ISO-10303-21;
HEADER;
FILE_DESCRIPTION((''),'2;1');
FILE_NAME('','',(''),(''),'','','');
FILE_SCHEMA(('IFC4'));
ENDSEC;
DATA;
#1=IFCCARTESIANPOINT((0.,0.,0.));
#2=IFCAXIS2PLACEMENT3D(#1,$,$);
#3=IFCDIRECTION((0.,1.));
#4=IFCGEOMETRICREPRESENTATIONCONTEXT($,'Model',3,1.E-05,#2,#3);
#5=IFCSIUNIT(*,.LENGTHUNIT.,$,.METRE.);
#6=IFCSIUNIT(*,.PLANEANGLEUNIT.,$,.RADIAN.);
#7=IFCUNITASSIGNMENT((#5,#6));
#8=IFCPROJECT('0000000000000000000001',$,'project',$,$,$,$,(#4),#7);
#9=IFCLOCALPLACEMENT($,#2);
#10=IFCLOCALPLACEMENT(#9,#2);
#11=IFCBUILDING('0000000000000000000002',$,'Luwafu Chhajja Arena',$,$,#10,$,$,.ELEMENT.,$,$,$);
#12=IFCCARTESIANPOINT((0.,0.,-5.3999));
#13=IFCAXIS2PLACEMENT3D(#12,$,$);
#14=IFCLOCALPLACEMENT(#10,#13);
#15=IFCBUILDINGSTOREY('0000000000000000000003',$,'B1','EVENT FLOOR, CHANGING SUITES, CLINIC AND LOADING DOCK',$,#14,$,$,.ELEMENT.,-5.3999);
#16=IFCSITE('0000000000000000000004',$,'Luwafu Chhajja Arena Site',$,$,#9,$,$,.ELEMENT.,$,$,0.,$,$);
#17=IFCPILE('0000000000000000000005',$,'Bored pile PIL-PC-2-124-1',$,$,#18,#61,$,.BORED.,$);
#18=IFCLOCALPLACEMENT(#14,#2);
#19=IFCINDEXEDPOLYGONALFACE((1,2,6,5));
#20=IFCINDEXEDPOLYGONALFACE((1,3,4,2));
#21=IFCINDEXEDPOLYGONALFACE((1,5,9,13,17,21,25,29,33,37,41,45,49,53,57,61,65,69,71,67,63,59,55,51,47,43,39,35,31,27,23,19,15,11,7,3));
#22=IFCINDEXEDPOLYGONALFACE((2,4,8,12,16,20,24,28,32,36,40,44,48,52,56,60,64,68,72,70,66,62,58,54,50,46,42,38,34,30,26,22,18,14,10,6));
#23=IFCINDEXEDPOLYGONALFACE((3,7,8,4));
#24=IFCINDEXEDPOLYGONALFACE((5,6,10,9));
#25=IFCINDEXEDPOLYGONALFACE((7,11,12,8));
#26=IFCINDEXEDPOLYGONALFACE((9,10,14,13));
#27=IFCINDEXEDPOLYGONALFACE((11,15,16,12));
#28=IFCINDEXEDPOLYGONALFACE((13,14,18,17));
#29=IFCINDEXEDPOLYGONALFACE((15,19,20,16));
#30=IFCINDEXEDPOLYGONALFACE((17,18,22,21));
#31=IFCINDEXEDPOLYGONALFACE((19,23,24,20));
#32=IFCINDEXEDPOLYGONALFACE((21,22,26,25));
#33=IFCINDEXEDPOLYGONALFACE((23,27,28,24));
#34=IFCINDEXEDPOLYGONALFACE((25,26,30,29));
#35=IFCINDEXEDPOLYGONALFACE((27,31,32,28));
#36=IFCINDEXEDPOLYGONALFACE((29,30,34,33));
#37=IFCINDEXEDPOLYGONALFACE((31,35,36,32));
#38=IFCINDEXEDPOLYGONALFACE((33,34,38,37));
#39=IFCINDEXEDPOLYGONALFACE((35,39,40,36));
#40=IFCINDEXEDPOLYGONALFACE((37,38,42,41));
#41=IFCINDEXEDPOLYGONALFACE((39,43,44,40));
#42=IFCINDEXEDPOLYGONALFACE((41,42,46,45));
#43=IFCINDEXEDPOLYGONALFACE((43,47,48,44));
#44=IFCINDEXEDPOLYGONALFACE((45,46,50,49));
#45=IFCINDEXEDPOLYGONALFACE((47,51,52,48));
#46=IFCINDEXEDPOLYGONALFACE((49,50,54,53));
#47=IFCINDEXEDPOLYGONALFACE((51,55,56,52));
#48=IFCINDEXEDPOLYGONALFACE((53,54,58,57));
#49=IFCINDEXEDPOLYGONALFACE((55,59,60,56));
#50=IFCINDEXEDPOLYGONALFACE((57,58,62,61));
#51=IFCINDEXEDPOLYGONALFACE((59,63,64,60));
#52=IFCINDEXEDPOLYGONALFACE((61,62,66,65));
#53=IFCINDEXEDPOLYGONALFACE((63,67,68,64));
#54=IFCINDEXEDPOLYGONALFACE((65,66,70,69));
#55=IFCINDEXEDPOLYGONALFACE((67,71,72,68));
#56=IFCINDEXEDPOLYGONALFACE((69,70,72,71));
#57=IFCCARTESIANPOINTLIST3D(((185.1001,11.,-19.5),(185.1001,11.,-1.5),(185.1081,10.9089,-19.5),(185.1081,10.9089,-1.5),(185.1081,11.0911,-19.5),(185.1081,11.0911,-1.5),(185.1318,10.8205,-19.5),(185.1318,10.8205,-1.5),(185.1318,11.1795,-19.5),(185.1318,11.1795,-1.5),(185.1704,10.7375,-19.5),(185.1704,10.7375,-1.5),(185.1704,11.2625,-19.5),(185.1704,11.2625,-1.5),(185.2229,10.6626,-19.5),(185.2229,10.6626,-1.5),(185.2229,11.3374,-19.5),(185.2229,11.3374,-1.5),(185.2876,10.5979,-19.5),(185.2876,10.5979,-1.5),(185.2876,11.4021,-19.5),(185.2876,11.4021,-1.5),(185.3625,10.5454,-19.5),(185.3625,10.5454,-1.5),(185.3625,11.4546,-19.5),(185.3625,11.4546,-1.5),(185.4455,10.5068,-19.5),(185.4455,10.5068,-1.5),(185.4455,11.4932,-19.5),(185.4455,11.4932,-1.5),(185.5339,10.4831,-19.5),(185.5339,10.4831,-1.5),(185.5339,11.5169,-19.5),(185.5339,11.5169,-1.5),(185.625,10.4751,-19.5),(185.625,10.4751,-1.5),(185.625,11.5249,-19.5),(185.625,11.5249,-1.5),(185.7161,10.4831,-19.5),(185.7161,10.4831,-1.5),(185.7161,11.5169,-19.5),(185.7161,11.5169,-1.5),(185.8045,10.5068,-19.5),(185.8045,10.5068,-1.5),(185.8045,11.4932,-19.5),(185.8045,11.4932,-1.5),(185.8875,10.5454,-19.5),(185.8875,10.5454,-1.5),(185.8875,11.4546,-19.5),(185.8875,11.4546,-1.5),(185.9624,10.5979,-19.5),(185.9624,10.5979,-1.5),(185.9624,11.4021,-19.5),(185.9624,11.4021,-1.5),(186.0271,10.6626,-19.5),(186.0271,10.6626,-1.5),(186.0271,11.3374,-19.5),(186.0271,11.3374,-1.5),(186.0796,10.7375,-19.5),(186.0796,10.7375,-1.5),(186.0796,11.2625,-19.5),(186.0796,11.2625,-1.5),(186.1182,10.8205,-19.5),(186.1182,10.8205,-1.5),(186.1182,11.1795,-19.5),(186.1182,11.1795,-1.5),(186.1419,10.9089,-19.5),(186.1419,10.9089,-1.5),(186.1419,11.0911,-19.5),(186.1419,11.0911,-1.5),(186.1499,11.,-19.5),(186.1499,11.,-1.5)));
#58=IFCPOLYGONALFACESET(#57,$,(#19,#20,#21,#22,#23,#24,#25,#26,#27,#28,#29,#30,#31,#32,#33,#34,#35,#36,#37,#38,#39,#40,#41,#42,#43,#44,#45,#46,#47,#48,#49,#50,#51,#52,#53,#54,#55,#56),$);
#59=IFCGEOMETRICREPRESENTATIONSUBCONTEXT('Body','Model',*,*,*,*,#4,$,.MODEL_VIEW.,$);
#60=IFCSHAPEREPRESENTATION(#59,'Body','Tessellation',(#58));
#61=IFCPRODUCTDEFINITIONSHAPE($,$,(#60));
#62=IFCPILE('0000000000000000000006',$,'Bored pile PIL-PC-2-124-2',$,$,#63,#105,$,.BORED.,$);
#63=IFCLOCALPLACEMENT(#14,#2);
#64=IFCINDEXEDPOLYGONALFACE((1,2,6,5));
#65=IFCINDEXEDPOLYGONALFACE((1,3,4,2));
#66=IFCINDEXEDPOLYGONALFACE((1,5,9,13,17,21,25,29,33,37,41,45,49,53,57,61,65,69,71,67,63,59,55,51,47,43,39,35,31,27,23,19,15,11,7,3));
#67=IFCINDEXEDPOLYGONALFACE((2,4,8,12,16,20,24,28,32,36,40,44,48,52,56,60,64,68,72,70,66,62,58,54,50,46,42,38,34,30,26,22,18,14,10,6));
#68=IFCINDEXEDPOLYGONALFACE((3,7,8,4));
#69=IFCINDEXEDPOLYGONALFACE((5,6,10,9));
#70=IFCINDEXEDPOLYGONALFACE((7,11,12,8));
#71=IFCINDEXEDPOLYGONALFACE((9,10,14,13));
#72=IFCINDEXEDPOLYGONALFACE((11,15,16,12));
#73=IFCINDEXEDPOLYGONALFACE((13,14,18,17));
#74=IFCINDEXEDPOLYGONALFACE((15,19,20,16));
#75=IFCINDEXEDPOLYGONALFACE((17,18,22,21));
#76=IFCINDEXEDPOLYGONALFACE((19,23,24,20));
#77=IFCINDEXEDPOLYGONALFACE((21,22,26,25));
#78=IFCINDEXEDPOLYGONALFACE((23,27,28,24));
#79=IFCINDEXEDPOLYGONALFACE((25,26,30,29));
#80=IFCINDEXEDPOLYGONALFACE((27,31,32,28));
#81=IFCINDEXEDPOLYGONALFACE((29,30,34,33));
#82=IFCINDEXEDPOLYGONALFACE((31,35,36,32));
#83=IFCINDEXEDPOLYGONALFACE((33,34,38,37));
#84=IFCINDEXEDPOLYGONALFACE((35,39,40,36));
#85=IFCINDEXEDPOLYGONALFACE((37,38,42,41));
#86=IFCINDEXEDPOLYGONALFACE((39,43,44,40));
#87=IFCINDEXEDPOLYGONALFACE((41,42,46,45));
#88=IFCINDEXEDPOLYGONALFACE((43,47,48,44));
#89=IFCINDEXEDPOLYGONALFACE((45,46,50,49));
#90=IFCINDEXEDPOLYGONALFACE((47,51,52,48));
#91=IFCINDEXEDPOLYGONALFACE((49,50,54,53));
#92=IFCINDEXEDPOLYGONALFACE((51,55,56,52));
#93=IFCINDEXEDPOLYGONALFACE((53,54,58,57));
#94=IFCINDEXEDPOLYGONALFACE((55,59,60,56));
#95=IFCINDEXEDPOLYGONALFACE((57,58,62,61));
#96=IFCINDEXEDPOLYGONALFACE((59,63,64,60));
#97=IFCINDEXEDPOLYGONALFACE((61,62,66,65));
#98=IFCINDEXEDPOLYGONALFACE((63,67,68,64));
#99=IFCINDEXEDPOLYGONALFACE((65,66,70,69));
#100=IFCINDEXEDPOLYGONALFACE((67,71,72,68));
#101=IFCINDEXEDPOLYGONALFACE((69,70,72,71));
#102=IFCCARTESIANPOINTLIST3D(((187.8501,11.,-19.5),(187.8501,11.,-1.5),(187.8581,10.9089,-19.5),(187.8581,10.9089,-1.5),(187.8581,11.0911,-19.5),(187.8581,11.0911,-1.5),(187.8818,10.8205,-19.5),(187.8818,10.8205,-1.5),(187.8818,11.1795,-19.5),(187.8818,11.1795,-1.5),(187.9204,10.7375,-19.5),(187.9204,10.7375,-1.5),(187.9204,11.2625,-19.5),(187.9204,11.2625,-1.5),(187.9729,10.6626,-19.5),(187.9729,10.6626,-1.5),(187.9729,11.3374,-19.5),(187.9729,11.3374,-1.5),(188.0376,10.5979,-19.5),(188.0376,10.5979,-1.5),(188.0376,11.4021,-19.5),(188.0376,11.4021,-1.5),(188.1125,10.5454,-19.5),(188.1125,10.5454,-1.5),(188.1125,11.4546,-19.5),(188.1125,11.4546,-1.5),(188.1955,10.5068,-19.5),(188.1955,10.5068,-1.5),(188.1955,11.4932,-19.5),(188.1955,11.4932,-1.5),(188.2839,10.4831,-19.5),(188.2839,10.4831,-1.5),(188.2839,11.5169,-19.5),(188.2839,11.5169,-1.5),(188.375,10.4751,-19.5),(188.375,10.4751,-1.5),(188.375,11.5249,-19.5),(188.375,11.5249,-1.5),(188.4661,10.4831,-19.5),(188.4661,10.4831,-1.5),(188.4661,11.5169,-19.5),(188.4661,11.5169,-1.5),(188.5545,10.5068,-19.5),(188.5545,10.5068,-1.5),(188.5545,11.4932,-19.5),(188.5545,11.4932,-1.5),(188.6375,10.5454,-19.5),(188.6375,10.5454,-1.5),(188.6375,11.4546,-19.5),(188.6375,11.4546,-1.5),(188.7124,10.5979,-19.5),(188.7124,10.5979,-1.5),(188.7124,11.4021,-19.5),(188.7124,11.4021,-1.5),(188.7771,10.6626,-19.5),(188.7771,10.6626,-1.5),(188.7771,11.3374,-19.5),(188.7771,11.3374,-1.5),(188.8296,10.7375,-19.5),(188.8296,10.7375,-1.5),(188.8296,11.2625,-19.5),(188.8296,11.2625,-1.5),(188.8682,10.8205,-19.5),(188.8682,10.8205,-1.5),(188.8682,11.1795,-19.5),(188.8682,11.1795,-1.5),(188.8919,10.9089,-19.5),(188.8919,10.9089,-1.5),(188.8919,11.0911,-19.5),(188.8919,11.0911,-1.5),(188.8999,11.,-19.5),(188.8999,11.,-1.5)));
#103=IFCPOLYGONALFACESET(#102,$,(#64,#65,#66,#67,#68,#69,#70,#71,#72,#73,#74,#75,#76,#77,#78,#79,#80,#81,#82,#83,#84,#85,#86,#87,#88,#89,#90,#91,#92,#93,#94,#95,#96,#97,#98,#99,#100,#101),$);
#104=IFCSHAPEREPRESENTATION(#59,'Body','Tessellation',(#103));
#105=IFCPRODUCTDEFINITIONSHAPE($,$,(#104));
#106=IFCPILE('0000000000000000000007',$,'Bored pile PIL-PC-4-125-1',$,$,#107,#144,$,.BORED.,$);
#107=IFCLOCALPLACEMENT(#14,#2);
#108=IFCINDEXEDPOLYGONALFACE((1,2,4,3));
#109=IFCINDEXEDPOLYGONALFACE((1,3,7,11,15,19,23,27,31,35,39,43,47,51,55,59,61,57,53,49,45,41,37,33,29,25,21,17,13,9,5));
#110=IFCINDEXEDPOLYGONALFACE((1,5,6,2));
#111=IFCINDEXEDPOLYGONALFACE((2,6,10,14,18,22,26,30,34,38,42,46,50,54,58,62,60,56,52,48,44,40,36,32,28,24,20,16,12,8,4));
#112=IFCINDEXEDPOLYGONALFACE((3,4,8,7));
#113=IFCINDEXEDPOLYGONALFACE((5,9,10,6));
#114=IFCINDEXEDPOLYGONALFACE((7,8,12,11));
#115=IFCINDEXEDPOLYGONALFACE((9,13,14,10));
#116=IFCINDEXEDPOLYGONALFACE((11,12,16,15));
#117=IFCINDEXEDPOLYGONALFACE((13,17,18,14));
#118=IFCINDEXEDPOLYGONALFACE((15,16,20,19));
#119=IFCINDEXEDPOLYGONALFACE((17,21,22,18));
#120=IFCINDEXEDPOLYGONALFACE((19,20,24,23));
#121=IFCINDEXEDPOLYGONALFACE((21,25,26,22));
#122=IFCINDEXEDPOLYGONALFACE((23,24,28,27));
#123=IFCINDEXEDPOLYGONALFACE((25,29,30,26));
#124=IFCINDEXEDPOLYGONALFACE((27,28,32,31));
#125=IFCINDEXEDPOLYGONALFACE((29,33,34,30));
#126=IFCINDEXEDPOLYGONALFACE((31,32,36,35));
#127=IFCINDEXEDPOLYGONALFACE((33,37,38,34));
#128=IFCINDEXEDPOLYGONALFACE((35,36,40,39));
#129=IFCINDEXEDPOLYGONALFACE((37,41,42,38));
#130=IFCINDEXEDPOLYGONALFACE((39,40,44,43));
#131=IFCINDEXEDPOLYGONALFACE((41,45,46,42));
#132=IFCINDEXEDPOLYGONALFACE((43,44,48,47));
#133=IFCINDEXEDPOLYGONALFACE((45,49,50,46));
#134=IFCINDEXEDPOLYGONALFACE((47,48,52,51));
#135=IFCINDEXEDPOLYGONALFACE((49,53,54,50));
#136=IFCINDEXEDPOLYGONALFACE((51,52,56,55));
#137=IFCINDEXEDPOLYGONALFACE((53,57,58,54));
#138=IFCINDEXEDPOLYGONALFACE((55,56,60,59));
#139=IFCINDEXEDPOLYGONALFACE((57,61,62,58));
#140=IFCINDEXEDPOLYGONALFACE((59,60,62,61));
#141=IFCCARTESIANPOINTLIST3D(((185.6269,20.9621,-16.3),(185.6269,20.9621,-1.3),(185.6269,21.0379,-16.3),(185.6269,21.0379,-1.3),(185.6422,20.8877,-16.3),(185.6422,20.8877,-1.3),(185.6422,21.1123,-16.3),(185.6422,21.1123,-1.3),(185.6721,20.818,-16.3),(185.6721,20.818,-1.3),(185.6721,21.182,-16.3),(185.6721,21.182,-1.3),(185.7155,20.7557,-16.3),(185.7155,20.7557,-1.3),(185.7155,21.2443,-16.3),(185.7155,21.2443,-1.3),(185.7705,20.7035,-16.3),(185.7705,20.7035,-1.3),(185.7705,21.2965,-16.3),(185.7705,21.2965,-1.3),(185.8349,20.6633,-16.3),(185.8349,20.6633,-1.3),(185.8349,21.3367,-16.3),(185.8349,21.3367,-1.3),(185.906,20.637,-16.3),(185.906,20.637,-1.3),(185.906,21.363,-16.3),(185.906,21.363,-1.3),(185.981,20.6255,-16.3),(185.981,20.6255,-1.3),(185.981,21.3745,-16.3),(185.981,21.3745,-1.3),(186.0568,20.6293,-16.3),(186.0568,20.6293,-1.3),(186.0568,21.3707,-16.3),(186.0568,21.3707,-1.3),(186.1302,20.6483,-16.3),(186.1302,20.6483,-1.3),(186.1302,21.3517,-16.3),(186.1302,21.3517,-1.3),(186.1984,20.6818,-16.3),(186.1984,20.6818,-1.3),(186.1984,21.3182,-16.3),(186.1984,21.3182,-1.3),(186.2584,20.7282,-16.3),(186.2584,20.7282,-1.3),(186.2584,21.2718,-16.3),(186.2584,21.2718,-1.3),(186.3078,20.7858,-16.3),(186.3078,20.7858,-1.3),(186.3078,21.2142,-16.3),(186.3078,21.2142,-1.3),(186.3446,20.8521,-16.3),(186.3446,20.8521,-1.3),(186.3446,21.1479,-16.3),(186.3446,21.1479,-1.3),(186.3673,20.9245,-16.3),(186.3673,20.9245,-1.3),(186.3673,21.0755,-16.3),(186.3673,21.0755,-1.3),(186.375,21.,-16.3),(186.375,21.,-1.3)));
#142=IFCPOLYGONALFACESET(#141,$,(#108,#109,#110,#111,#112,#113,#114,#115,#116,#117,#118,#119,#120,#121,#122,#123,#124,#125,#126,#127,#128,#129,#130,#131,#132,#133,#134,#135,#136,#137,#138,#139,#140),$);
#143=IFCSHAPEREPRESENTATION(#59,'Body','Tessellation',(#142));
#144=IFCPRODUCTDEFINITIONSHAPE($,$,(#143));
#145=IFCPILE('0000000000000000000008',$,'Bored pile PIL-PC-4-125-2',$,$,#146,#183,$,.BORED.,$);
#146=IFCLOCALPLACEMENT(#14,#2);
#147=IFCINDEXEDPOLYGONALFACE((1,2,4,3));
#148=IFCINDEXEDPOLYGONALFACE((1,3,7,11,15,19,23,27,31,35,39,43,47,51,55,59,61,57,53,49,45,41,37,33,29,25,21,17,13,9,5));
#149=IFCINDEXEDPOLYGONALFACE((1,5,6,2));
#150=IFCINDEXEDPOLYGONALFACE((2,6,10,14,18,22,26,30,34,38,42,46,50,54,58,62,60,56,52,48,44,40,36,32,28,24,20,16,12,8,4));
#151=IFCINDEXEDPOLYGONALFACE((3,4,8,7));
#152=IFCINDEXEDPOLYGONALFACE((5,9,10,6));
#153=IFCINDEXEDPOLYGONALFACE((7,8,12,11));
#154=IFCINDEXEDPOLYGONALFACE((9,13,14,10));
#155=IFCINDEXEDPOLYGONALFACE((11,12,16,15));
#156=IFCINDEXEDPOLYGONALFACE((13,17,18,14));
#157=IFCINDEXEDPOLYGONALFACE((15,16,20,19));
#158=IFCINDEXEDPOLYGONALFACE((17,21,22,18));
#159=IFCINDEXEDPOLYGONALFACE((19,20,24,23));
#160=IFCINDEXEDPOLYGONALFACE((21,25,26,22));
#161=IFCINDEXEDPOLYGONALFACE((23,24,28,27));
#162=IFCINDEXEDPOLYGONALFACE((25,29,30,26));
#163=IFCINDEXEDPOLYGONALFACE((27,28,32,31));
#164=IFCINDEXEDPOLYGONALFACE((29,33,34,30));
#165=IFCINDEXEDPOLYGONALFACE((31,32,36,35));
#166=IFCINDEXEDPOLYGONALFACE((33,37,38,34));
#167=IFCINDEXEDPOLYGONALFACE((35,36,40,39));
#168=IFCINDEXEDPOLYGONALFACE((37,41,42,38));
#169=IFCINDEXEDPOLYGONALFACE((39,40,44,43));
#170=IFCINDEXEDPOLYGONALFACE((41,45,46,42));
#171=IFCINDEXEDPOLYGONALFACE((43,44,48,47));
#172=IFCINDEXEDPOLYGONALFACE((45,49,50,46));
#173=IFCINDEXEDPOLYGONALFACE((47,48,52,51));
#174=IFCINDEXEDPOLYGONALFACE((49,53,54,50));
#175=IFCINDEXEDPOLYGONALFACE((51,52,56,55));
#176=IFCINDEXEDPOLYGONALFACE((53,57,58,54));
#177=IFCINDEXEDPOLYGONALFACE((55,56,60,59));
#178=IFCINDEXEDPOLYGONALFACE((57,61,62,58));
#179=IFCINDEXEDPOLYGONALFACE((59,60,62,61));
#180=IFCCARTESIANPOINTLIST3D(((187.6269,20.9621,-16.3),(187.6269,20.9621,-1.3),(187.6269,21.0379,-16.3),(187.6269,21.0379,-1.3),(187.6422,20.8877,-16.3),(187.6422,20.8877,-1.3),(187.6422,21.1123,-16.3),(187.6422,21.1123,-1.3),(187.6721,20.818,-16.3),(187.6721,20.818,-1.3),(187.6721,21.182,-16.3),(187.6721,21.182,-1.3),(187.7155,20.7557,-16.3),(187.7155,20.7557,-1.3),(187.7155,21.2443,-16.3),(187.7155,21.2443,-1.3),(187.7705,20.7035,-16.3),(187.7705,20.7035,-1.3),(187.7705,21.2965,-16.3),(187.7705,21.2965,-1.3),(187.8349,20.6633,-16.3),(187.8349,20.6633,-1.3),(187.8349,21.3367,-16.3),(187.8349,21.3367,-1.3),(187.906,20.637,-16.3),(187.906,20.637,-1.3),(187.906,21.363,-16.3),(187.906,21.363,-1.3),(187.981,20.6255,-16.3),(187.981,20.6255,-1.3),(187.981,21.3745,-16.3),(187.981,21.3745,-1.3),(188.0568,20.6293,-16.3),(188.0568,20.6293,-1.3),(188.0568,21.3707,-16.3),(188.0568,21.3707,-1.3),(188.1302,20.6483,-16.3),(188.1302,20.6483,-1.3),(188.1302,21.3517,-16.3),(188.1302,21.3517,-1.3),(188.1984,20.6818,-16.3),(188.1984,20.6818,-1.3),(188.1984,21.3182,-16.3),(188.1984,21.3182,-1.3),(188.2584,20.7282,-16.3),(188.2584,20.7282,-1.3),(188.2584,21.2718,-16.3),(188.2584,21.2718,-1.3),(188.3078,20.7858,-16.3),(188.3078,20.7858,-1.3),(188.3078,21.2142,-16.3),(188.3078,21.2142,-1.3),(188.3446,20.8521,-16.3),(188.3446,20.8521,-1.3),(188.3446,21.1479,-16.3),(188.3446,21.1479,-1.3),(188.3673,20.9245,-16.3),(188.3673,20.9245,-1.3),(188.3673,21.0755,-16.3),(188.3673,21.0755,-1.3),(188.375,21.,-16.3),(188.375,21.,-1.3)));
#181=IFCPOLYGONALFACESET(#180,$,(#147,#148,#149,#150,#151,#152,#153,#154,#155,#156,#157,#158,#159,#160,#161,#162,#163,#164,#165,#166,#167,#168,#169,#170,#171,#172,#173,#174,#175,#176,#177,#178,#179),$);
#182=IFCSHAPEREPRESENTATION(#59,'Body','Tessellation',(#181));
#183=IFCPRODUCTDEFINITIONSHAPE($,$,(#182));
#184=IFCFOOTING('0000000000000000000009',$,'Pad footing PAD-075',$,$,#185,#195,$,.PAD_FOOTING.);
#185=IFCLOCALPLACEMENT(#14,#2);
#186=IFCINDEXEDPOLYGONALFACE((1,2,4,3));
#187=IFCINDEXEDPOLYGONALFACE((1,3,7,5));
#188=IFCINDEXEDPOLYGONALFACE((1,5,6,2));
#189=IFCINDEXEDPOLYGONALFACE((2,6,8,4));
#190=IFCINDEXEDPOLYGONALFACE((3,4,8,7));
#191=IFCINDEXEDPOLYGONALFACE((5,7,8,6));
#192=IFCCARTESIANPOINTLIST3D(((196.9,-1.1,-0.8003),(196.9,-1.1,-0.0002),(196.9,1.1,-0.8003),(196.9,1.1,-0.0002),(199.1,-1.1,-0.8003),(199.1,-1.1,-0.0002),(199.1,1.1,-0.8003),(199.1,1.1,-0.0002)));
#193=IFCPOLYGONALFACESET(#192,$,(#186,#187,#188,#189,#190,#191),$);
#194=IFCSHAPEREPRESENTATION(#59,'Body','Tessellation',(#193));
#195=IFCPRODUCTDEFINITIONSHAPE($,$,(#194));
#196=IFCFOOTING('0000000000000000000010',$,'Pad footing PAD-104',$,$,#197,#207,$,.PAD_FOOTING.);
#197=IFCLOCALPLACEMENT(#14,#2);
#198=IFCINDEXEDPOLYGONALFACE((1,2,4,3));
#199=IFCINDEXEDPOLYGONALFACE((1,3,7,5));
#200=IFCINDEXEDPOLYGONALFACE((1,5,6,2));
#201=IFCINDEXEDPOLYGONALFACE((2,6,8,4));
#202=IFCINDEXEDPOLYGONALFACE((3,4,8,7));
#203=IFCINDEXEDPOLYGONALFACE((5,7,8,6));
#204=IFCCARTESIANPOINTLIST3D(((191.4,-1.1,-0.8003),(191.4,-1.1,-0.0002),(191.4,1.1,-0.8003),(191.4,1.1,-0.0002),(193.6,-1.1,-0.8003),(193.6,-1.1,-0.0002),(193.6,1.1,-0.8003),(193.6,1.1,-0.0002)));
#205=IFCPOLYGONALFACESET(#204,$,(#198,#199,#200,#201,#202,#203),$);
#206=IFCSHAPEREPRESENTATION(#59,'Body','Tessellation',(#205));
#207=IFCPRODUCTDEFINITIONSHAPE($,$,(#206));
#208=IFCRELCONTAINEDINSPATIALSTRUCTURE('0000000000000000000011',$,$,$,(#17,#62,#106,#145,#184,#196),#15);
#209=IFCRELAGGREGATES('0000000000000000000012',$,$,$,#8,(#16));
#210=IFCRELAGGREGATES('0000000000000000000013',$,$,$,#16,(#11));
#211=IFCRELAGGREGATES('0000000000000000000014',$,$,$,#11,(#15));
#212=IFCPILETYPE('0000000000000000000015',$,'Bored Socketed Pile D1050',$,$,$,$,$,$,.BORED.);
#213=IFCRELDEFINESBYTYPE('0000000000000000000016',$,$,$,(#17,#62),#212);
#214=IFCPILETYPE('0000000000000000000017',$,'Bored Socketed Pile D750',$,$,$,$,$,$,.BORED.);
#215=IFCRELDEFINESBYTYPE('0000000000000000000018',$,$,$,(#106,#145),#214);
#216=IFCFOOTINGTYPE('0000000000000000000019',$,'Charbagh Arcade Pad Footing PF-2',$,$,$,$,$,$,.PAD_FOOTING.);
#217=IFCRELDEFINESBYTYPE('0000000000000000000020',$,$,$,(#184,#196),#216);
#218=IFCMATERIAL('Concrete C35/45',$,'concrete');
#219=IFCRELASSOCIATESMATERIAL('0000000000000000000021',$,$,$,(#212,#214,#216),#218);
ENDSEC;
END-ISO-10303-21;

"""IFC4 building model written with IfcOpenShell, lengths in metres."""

from ifc_helpers import new_model, si_unit, direction, frame, origin, origin_2d, place, context, subcontext, project, spatial, rectangle, circle, extrude, material, material_profile, profile_set, type_object, element, save


model = new_model("IFC4")

# Units and contexts
model_context = context("Model", 3, precision=1e-05, world=origin(), true_north=direction((0.0, 1.0)))
body_context = subcontext(model_context, "Body", "Model", "MODEL_VIEW")
ifc_project = project(units=[si_unit("LENGTHUNIT", "METRE"), si_unit("PLANEANGLEUNIT", "RADIAN")], contexts=[model_context])

# Site, building, storey
site_placement = place(None, origin())
site = spatial("IfcSite", under=ifc_project, at=site_placement, Name="Luwafu Chhajja Arena Site", CompositionType="ELEMENT", RefElevation=0.0)
building_placement = place(site_placement, origin())
building = spatial("IfcBuilding", under=site, at=building_placement, Name="Luwafu Chhajja Arena", CompositionType="ELEMENT")
storey_placement = place(building_placement, frame((0.0, 0.0, -5.3999)))
storey = spatial("IfcBuildingStorey", under=building, at=storey_placement, Name="B1", Description="EVENT FLOOR, CHANGING SUITES, CLINIC AND LOADING DOCK", CompositionType="ELEMENT", Elevation=-5.3999)

# Piles
ifc_material_1 = material(Name="Concrete C35/45", Category="concrete")
ifc_material_profile_1 = material_profile(ifc_material_1, circle(Radius=0.5249, at=origin_2d()), Name="PILE D1050")
ifc_profile_set_1 = profile_set([ifc_material_profile_1], Name="Concrete C35/45")
pile_type_1 = type_object("IfcPileType", Name="Bored Socketed Pile D1050", PredefinedType="BORED", material=ifc_profile_set_1)
for number, where, z_axis, x_axis, name in (
    (1, (185.625, 11.0, -1.5), (0.0, 0.0, -1.0), (1.0, 0.0, 0.0), "Bored pile PIL-PC-2-124-1"),
    (2, (188.375, 11.0, -1.5), (0.0, 0.0, -1.0), (1.0, 0.0, 0.0), "Bored pile PIL-PC-2-124-2"),
):
    element("IfcPile", number, at=place(storey_placement, frame(where, z_axis=z_axis, x_axis=x_axis)), inside=storey, type_object=pile_type_1, Name=name, PredefinedType="BORED", context=body_context, shape_type="SweptSolid", body=[
        extrude(circle(Radius=0.5249, at=origin_2d()), origin(), (0.0, 0.0, 1.0), 18.0),
    ])
ifc_material_profile_2 = material_profile(ifc_material_1, circle(Radius=0.375, at=origin_2d()), Name="PILE D750")
ifc_profile_set_2 = profile_set([ifc_material_profile_2], Name="Concrete C35/45")
pile_type_2 = type_object("IfcPileType", Name="Bored Socketed Pile D750", PredefinedType="BORED", material=ifc_profile_set_2)
for number, where, z_axis, x_axis, name in (
    (3, (186.0, 21.0, -1.3), (0.0, 0.0, -1.0), (1.0, 0.0, 0.0), "Bored pile PIL-PC-4-125-1"),
    (4, (188.0, 21.0, -1.3), (0.0, 0.0, -1.0), (1.0, 0.0, 0.0), "Bored pile PIL-PC-4-125-2"),
):
    element("IfcPile", number, at=place(storey_placement, frame(where, z_axis=z_axis, x_axis=x_axis)), inside=storey, type_object=pile_type_2, Name=name, PredefinedType="BORED", context=body_context, shape_type="SweptSolid", body=[
        extrude(circle(Radius=0.375, at=origin_2d()), origin(), (0.0, 0.0, 1.0), 15.0),
    ])

# Footings
footing_type_1 = type_object("IfcFootingType", Name="Charbagh Arcade Pad Footing PF-2", PredefinedType="PAD_FOOTING", material=ifc_material_1)
for number, where, z_axis, x_axis, name in (
    (5, (198.0, 0.0, -0.8003), (0.0, 0.0, 1.0), (1.0, 0.0, 0.0), "Pad footing PAD-075"),
    (6, (192.5, 0.0, -0.8003), (0.0, 0.0, 1.0), (1.0, 0.0, 0.0), "Pad footing PAD-104"),
):
    element("IfcFooting", number, at=place(storey_placement, frame(where, z_axis=z_axis, x_axis=x_axis)), inside=storey, type_object=footing_type_1, Name=name, PredefinedType="PAD_FOOTING", context=body_context, shape_type="SweptSolid", body=[
        extrude(rectangle(XDim=2.2, YDim=2.2, at=origin_2d()), origin(), (0.0, 0.0, 1.0), 0.8),
    ])

save(model, "model.ifc")
